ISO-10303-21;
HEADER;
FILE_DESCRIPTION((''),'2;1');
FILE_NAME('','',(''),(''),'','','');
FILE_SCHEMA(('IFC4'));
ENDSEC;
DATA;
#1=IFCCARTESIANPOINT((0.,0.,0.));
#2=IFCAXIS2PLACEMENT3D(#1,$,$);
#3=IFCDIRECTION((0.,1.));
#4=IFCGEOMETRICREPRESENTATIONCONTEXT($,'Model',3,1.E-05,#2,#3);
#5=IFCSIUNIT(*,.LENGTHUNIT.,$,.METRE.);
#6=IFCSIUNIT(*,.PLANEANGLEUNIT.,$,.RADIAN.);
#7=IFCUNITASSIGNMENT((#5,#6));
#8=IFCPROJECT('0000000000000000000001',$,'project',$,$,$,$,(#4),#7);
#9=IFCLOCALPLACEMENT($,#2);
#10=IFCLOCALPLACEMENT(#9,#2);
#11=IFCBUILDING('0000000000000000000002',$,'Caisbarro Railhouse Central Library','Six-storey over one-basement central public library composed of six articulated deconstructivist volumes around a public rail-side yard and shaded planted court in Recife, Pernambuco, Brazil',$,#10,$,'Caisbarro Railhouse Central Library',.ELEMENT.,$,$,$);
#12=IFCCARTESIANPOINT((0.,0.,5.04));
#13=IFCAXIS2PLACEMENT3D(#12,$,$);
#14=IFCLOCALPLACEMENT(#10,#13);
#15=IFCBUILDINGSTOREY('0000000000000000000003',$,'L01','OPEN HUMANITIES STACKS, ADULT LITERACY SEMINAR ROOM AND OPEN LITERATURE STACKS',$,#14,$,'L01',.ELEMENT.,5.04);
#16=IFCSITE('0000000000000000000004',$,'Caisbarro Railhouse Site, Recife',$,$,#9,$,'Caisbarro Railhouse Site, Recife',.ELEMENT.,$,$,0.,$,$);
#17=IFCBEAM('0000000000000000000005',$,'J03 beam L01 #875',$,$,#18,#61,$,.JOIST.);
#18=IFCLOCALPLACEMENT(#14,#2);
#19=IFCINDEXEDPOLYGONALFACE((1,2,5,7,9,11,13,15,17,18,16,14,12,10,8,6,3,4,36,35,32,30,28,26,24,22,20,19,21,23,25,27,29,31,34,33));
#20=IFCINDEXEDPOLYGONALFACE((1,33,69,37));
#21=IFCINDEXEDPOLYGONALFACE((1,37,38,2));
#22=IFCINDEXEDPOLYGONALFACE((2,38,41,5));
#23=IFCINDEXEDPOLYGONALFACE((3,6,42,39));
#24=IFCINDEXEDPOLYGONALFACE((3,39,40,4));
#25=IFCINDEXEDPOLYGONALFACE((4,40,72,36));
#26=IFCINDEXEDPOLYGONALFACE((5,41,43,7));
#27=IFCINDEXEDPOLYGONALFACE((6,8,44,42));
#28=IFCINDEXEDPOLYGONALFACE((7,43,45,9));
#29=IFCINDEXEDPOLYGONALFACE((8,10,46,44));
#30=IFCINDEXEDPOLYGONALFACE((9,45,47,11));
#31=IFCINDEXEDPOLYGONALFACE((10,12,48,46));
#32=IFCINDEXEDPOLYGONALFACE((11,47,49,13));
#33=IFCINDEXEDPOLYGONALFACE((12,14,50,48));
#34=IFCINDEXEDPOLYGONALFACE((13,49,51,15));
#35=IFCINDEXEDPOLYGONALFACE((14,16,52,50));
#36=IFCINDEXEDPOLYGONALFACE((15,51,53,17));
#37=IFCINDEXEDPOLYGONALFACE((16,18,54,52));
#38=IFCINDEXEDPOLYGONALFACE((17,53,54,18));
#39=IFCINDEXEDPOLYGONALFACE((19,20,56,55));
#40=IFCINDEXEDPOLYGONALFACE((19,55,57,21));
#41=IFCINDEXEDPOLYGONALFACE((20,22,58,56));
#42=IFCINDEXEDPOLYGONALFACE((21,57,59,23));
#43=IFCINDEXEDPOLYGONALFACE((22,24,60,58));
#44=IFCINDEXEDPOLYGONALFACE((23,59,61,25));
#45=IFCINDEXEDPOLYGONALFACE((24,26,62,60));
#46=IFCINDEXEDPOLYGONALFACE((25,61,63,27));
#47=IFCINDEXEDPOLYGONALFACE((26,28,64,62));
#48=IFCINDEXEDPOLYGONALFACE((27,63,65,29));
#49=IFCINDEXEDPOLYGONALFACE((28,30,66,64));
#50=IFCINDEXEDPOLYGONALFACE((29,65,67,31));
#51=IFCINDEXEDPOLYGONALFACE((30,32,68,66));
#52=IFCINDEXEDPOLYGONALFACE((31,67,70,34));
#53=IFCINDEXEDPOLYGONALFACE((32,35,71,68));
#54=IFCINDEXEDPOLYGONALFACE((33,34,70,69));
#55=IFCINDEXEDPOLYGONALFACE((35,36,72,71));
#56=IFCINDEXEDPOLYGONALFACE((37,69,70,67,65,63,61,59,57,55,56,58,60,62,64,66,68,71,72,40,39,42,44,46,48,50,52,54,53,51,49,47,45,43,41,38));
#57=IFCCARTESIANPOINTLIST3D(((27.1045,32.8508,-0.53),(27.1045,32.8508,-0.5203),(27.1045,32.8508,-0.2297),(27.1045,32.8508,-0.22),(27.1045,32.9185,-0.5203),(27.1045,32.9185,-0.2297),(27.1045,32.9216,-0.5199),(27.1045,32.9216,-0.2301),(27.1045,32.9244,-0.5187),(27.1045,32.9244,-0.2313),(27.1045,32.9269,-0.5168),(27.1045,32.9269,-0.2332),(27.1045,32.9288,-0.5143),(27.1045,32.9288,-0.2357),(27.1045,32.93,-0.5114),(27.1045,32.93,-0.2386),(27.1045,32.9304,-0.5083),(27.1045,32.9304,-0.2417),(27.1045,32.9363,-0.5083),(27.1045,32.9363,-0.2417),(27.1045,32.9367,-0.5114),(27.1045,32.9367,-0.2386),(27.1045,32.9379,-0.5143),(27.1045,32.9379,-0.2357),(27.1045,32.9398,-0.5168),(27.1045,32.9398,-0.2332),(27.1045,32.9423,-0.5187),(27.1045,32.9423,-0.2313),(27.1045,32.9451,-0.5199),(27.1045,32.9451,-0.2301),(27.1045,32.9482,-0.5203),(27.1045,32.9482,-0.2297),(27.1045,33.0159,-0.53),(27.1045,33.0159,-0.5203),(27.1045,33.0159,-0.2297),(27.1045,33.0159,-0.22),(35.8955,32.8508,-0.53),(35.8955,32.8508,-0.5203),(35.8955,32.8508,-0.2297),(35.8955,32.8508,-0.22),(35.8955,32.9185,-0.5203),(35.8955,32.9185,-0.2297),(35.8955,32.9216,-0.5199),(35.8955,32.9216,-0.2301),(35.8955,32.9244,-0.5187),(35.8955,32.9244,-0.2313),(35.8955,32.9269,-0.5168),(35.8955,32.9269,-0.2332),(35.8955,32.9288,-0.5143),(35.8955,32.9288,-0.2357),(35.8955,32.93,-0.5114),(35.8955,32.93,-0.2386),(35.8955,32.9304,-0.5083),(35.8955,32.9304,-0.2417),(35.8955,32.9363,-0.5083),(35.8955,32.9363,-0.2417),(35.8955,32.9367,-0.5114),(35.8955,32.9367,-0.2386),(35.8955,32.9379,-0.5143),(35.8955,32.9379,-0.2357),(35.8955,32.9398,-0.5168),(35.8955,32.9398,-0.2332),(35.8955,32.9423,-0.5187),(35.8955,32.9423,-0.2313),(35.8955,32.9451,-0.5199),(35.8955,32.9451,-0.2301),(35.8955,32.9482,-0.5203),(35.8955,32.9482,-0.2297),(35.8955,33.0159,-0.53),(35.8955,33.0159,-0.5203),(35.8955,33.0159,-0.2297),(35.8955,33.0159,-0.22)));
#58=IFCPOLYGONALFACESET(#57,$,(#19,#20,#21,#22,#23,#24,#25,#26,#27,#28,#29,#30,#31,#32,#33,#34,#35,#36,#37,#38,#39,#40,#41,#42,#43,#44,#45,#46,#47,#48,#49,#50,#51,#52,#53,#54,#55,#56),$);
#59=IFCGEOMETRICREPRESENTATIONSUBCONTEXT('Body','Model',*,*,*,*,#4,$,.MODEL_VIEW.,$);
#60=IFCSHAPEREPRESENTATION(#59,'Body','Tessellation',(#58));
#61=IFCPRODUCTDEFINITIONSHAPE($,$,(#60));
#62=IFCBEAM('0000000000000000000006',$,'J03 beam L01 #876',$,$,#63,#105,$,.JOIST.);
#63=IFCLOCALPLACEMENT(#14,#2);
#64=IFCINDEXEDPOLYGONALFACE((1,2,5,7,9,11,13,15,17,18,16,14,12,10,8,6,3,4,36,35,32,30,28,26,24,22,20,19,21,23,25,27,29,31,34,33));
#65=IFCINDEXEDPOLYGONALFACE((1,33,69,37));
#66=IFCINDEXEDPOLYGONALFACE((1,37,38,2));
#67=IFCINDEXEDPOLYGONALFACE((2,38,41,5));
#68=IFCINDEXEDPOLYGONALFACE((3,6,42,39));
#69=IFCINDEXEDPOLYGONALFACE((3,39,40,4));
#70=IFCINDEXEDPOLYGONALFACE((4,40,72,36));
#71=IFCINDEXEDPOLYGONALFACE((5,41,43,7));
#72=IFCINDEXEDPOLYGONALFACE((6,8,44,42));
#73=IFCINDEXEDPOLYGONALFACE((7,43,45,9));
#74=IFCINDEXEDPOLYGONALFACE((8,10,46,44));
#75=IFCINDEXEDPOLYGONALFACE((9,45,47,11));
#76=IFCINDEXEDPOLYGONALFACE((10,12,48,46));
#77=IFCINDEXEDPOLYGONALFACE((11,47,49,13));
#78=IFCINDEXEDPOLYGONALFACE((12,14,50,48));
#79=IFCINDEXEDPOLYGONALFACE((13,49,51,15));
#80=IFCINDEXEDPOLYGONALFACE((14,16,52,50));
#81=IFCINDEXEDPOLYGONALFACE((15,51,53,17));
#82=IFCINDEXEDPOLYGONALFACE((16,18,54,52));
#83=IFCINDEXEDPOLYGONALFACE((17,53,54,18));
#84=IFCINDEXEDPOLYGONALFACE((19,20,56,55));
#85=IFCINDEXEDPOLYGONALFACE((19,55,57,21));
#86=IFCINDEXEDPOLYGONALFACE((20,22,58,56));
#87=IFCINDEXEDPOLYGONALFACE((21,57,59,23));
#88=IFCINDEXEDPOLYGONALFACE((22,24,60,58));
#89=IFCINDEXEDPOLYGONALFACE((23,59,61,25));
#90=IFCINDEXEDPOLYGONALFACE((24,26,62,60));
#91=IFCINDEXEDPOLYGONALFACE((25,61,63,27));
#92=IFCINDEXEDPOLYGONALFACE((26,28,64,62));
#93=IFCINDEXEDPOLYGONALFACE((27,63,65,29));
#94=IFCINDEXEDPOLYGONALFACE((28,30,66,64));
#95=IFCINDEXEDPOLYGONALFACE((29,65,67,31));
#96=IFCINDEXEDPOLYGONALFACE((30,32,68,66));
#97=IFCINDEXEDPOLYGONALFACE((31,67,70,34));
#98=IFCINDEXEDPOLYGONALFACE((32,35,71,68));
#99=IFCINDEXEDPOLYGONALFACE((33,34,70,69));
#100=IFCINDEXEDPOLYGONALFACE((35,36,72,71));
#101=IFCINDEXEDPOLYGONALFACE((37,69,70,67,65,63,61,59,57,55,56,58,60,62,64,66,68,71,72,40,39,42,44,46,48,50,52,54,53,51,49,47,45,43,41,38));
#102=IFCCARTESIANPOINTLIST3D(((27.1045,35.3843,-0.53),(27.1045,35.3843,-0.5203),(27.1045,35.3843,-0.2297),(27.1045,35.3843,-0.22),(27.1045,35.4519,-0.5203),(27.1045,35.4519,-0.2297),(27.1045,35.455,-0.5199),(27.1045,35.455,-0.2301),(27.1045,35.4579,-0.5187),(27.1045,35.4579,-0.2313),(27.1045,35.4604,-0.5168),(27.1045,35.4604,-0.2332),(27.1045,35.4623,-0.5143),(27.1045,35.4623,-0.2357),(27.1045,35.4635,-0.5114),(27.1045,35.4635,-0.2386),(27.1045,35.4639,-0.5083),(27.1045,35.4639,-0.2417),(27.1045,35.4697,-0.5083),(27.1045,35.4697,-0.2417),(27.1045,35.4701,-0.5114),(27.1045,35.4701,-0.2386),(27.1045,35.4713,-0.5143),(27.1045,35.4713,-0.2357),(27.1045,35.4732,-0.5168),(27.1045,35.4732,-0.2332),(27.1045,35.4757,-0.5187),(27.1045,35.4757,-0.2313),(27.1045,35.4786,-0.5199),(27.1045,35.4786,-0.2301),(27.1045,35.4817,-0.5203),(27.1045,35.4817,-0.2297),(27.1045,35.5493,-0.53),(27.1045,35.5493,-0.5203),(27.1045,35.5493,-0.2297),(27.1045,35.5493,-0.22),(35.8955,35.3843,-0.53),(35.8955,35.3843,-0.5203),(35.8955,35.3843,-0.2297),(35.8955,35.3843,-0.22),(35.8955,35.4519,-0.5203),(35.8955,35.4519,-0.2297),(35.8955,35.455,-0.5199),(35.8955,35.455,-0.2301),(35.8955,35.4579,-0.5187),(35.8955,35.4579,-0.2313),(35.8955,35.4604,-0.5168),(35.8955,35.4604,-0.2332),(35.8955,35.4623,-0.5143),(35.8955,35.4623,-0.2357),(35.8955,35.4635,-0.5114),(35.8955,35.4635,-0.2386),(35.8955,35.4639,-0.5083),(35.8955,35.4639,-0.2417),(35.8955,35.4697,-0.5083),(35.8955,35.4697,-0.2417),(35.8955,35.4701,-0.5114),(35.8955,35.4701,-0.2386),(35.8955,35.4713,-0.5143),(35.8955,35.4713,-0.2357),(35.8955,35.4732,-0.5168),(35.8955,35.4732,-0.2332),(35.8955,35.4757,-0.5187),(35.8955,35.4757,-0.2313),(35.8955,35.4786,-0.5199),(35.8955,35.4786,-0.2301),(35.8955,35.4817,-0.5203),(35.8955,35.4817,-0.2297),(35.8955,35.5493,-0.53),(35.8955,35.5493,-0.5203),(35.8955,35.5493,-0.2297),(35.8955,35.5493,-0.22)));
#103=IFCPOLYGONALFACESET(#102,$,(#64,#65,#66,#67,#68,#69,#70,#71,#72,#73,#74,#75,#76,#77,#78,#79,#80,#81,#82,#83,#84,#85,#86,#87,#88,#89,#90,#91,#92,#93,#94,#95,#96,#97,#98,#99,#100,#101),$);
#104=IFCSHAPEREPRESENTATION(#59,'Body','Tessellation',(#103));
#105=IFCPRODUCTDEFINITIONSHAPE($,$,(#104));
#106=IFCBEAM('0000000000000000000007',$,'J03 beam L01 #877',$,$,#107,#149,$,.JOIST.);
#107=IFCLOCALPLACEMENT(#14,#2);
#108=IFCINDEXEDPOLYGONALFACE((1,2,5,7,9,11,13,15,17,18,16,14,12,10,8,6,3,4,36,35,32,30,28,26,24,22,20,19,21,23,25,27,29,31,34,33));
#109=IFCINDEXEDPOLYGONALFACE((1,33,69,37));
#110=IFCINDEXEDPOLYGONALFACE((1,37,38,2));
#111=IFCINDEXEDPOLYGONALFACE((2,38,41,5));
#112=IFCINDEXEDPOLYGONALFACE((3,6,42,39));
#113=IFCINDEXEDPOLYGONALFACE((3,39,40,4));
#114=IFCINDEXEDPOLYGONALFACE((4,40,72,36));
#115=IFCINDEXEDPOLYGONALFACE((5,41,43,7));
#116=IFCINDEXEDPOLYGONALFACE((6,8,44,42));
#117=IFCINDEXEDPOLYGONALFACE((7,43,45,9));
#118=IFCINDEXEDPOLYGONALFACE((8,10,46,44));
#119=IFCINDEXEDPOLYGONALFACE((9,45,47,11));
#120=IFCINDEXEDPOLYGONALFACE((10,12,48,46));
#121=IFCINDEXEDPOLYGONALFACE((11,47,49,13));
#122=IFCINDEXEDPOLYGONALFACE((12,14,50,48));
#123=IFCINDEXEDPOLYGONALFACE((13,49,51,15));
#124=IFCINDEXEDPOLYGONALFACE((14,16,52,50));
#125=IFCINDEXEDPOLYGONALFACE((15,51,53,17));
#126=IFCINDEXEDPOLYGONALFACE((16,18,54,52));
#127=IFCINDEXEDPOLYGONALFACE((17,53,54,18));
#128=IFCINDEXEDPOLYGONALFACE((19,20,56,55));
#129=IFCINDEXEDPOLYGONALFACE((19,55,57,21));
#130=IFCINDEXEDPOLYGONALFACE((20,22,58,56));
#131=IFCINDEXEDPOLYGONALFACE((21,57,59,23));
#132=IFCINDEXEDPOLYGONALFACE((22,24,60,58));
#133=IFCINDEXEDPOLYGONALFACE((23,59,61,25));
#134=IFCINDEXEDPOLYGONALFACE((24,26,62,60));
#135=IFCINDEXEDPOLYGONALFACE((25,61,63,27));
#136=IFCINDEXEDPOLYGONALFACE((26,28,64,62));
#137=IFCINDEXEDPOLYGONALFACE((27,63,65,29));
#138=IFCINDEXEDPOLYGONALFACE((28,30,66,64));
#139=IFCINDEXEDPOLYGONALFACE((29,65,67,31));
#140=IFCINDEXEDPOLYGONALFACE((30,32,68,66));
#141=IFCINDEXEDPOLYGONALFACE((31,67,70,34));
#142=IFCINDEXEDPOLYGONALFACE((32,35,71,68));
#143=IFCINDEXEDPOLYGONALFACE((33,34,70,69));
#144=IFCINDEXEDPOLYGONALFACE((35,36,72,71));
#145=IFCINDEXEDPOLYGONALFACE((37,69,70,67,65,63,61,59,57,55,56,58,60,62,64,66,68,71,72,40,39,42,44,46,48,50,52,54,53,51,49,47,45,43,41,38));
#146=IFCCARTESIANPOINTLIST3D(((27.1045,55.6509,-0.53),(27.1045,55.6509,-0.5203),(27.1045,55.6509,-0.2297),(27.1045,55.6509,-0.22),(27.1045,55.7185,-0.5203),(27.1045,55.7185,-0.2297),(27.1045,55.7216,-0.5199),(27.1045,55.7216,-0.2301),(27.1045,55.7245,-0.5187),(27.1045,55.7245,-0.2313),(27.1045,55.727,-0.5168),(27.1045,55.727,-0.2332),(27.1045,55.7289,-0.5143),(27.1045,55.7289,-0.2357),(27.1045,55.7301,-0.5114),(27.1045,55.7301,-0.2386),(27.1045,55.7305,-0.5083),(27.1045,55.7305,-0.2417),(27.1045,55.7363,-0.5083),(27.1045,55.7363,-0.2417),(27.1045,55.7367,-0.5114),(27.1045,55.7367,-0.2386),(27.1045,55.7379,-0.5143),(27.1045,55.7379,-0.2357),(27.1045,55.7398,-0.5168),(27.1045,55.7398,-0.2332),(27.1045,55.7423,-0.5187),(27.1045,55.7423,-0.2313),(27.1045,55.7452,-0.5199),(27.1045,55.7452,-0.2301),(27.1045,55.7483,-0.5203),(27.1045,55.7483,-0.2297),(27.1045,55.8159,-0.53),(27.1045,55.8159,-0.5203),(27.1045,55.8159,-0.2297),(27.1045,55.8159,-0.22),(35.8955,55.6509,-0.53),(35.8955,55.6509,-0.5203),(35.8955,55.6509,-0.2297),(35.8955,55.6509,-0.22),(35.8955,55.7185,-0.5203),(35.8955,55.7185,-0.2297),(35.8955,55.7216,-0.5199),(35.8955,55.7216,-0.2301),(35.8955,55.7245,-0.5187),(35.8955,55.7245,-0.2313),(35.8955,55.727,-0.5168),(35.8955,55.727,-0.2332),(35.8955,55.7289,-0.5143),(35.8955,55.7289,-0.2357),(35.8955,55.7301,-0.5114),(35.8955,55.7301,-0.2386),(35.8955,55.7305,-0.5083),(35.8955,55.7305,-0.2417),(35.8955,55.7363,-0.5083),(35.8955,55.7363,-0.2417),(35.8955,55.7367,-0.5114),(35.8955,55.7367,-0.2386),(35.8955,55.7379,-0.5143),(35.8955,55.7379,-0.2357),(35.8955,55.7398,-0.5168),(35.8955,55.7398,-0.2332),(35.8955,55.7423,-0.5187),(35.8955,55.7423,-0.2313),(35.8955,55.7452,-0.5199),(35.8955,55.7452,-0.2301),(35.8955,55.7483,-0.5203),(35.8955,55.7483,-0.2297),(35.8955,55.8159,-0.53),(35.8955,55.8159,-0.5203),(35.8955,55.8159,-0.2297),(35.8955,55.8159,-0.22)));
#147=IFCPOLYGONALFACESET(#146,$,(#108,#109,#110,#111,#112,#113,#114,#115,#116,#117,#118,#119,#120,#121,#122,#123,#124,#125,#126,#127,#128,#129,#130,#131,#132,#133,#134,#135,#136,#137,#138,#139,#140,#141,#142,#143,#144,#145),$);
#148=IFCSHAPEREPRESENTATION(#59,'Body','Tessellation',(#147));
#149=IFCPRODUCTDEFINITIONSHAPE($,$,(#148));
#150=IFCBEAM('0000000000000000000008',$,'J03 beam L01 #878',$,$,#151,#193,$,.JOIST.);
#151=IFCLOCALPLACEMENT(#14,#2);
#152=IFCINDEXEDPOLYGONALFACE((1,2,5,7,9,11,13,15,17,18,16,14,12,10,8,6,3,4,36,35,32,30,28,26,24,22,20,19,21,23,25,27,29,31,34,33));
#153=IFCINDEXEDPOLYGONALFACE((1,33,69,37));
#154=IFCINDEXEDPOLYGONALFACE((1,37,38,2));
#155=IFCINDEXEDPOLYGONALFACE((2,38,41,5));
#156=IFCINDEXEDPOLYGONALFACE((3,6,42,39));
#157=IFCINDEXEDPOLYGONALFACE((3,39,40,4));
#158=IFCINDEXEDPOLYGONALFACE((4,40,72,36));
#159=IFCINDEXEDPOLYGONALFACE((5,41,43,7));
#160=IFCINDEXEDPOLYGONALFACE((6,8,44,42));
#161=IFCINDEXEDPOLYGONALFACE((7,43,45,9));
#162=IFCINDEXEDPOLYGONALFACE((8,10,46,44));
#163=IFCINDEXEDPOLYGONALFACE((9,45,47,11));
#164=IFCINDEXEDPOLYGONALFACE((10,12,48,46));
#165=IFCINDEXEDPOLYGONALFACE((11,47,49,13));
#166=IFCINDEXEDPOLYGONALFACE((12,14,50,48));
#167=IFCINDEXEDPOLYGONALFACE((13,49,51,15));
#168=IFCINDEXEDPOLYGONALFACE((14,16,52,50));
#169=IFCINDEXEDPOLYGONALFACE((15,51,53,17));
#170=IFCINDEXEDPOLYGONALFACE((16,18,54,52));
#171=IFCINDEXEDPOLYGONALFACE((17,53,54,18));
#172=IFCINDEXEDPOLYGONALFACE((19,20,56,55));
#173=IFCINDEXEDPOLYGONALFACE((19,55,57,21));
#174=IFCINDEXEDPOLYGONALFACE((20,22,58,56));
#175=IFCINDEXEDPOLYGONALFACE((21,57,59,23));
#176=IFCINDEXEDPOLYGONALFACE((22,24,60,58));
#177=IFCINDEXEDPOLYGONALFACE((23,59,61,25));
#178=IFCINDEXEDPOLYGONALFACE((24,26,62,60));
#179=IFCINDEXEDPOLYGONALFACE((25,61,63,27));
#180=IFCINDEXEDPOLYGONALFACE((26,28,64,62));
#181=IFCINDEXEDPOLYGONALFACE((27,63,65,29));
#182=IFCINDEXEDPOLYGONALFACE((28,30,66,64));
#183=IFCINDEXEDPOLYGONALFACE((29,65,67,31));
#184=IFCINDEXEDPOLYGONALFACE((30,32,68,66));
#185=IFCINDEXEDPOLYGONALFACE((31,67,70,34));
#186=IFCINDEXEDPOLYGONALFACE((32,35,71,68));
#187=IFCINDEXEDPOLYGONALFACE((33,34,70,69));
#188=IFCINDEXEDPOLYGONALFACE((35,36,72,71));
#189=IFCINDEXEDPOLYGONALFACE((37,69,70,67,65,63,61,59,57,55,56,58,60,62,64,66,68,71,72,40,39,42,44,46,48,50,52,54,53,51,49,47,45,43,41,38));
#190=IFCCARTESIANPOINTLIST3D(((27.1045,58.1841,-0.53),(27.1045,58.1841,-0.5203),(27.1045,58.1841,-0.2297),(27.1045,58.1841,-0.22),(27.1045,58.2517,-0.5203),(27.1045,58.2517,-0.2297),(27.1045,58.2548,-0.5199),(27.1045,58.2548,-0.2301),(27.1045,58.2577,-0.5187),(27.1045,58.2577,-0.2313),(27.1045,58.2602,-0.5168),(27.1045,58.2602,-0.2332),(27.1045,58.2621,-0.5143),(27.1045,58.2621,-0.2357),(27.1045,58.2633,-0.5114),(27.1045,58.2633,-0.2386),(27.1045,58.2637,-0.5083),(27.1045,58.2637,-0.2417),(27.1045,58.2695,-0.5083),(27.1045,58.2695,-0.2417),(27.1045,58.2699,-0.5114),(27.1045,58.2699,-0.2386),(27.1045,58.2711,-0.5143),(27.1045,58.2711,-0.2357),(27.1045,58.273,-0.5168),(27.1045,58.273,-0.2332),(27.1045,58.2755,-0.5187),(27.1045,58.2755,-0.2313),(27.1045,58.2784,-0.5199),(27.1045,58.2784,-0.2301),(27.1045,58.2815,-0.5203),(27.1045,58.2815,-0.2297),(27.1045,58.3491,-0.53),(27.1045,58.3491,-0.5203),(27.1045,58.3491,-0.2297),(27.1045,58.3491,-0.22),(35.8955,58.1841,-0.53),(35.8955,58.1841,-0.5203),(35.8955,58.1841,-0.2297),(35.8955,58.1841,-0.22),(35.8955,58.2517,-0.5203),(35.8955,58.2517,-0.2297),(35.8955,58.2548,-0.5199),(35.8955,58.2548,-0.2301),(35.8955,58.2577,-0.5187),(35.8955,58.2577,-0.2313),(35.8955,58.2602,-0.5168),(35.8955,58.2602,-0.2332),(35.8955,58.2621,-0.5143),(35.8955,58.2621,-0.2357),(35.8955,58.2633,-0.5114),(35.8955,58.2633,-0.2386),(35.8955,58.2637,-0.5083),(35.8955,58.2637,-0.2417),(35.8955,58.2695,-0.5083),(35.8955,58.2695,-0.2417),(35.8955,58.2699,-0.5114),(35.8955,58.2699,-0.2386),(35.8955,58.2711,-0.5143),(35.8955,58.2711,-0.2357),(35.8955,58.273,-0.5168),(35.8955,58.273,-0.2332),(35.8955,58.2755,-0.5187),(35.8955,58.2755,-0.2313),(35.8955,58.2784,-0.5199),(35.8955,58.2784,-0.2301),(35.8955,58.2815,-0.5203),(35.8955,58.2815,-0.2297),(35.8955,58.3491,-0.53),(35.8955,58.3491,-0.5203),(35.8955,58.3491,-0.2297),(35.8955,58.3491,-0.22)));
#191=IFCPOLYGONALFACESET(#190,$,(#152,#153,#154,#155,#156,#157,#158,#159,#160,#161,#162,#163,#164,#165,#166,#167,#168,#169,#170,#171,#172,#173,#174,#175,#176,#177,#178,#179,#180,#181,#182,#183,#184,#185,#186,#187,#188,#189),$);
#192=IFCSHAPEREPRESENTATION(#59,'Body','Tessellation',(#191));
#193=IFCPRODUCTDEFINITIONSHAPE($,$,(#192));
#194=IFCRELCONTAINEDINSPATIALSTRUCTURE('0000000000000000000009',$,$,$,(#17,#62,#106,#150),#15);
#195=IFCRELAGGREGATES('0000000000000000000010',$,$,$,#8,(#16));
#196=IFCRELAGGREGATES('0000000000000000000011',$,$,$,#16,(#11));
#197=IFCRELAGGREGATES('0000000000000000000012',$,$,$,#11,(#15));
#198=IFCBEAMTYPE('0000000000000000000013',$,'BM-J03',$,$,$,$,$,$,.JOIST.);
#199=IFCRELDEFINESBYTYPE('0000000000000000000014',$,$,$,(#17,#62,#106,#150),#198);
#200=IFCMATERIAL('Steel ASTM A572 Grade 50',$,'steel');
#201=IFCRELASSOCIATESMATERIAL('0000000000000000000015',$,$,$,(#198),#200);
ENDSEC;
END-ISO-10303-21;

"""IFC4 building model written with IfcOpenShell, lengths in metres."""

from ifc_helpers import new_model, si_unit, direction, frame, origin, origin_2d, place, context, subcontext, project, spatial, i_section, extrude, material, material_profile, profile_set, type_object, element, save


model = new_model("IFC4")

# Units and contexts
model_context = context("Model", 3, precision=1e-05, world=origin(), true_north=direction((0.0, 1.0)))
body_context = subcontext(model_context, "Body", "Model", "MODEL_VIEW")
ifc_project = project(units=[si_unit("LENGTHUNIT", "METRE"), si_unit("PLANEANGLEUNIT", "RADIAN")], contexts=[model_context])

# Site, building, storey
site_placement = place(None, origin())
site = spatial("IfcSite", under=ifc_project, at=site_placement, Name="Caisbarro Railhouse Site, Recife", LongName="Caisbarro Railhouse Site, Recife", CompositionType="ELEMENT", RefElevation=0.0)
building_placement = place(site_placement, origin())
building = spatial("IfcBuilding", under=site, at=building_placement, Name="Caisbarro Railhouse Central Library", Description="Six-storey over one-basement central public library composed of six articulated deconstructivist volumes around a public rail-side yard and shaded planted court in Recife, Pernambuco, Brazil", LongName="Caisbarro Railhouse Central Library", CompositionType="ELEMENT")
storey_placement = place(building_placement, frame((0.0, 0.0, 5.04)))
storey = spatial("IfcBuildingStorey", under=building, at=storey_placement, Name="L01", Description="OPEN HUMANITIES STACKS, ADULT LITERACY SEMINAR ROOM AND OPEN LITERATURE STACKS", LongName="L01", CompositionType="ELEMENT", Elevation=5.04)

# Shared definitions
ifc_material = material(Name="Steel ASTM A572 Grade 50", Category="steel")

# Beams
ifc_material_profile_1 = material_profile(ifc_material, i_section(OverallWidth=0.165, OverallDepth=0.3101, WebThickness=0.0059, FlangeThickness=0.0098, FilletRadius=0.012, at=origin_2d()), Name="W310X38.7")
ifc_profile_set_1 = profile_set([ifc_material_profile_1], Name="Steel ASTM A572 Grade 50")
beam_type_1 = type_object("IfcBeamType", Name="BM-J03", PredefinedType="JOIST", material=ifc_profile_set_1)
for number, where, z_axis, x_axis, name in (
    (1, (27.1045, 32.9333, -0.375), (1.0, 0.0, 0.0), (0.0, 1.0, 0.0), "J03 beam L01 #875"),
    (2, (27.1045, 35.4668, -0.375), (1.0, 0.0, 0.0), (0.0, 1.0, 0.0), "J03 beam L01 #876"),
    (3, (27.1045, 55.7334, -0.375), (1.0, 0.0, 0.0), (0.0, 1.0, 0.0), "J03 beam L01 #877"),
    (4, (27.1045, 58.2666, -0.375), (1.0, 0.0, 0.0), (0.0, 1.0, 0.0), "J03 beam L01 #878"),
):
    element("IfcBeam", number, at=place(storey_placement, frame(where, z_axis=z_axis, x_axis=x_axis)), inside=storey, type_object=beam_type_1, Name=name, PredefinedType="JOIST", context=body_context, shape_type="SweptSolid", body=[
        extrude(i_section(OverallWidth=0.165, OverallDepth=0.3101, WebThickness=0.0059, FlangeThickness=0.0098, FilletRadius=0.012, at=origin_2d()), origin(), (0.0, 0.0, 1.0), 8.791),
    ])

save(model, "model.ifc")
